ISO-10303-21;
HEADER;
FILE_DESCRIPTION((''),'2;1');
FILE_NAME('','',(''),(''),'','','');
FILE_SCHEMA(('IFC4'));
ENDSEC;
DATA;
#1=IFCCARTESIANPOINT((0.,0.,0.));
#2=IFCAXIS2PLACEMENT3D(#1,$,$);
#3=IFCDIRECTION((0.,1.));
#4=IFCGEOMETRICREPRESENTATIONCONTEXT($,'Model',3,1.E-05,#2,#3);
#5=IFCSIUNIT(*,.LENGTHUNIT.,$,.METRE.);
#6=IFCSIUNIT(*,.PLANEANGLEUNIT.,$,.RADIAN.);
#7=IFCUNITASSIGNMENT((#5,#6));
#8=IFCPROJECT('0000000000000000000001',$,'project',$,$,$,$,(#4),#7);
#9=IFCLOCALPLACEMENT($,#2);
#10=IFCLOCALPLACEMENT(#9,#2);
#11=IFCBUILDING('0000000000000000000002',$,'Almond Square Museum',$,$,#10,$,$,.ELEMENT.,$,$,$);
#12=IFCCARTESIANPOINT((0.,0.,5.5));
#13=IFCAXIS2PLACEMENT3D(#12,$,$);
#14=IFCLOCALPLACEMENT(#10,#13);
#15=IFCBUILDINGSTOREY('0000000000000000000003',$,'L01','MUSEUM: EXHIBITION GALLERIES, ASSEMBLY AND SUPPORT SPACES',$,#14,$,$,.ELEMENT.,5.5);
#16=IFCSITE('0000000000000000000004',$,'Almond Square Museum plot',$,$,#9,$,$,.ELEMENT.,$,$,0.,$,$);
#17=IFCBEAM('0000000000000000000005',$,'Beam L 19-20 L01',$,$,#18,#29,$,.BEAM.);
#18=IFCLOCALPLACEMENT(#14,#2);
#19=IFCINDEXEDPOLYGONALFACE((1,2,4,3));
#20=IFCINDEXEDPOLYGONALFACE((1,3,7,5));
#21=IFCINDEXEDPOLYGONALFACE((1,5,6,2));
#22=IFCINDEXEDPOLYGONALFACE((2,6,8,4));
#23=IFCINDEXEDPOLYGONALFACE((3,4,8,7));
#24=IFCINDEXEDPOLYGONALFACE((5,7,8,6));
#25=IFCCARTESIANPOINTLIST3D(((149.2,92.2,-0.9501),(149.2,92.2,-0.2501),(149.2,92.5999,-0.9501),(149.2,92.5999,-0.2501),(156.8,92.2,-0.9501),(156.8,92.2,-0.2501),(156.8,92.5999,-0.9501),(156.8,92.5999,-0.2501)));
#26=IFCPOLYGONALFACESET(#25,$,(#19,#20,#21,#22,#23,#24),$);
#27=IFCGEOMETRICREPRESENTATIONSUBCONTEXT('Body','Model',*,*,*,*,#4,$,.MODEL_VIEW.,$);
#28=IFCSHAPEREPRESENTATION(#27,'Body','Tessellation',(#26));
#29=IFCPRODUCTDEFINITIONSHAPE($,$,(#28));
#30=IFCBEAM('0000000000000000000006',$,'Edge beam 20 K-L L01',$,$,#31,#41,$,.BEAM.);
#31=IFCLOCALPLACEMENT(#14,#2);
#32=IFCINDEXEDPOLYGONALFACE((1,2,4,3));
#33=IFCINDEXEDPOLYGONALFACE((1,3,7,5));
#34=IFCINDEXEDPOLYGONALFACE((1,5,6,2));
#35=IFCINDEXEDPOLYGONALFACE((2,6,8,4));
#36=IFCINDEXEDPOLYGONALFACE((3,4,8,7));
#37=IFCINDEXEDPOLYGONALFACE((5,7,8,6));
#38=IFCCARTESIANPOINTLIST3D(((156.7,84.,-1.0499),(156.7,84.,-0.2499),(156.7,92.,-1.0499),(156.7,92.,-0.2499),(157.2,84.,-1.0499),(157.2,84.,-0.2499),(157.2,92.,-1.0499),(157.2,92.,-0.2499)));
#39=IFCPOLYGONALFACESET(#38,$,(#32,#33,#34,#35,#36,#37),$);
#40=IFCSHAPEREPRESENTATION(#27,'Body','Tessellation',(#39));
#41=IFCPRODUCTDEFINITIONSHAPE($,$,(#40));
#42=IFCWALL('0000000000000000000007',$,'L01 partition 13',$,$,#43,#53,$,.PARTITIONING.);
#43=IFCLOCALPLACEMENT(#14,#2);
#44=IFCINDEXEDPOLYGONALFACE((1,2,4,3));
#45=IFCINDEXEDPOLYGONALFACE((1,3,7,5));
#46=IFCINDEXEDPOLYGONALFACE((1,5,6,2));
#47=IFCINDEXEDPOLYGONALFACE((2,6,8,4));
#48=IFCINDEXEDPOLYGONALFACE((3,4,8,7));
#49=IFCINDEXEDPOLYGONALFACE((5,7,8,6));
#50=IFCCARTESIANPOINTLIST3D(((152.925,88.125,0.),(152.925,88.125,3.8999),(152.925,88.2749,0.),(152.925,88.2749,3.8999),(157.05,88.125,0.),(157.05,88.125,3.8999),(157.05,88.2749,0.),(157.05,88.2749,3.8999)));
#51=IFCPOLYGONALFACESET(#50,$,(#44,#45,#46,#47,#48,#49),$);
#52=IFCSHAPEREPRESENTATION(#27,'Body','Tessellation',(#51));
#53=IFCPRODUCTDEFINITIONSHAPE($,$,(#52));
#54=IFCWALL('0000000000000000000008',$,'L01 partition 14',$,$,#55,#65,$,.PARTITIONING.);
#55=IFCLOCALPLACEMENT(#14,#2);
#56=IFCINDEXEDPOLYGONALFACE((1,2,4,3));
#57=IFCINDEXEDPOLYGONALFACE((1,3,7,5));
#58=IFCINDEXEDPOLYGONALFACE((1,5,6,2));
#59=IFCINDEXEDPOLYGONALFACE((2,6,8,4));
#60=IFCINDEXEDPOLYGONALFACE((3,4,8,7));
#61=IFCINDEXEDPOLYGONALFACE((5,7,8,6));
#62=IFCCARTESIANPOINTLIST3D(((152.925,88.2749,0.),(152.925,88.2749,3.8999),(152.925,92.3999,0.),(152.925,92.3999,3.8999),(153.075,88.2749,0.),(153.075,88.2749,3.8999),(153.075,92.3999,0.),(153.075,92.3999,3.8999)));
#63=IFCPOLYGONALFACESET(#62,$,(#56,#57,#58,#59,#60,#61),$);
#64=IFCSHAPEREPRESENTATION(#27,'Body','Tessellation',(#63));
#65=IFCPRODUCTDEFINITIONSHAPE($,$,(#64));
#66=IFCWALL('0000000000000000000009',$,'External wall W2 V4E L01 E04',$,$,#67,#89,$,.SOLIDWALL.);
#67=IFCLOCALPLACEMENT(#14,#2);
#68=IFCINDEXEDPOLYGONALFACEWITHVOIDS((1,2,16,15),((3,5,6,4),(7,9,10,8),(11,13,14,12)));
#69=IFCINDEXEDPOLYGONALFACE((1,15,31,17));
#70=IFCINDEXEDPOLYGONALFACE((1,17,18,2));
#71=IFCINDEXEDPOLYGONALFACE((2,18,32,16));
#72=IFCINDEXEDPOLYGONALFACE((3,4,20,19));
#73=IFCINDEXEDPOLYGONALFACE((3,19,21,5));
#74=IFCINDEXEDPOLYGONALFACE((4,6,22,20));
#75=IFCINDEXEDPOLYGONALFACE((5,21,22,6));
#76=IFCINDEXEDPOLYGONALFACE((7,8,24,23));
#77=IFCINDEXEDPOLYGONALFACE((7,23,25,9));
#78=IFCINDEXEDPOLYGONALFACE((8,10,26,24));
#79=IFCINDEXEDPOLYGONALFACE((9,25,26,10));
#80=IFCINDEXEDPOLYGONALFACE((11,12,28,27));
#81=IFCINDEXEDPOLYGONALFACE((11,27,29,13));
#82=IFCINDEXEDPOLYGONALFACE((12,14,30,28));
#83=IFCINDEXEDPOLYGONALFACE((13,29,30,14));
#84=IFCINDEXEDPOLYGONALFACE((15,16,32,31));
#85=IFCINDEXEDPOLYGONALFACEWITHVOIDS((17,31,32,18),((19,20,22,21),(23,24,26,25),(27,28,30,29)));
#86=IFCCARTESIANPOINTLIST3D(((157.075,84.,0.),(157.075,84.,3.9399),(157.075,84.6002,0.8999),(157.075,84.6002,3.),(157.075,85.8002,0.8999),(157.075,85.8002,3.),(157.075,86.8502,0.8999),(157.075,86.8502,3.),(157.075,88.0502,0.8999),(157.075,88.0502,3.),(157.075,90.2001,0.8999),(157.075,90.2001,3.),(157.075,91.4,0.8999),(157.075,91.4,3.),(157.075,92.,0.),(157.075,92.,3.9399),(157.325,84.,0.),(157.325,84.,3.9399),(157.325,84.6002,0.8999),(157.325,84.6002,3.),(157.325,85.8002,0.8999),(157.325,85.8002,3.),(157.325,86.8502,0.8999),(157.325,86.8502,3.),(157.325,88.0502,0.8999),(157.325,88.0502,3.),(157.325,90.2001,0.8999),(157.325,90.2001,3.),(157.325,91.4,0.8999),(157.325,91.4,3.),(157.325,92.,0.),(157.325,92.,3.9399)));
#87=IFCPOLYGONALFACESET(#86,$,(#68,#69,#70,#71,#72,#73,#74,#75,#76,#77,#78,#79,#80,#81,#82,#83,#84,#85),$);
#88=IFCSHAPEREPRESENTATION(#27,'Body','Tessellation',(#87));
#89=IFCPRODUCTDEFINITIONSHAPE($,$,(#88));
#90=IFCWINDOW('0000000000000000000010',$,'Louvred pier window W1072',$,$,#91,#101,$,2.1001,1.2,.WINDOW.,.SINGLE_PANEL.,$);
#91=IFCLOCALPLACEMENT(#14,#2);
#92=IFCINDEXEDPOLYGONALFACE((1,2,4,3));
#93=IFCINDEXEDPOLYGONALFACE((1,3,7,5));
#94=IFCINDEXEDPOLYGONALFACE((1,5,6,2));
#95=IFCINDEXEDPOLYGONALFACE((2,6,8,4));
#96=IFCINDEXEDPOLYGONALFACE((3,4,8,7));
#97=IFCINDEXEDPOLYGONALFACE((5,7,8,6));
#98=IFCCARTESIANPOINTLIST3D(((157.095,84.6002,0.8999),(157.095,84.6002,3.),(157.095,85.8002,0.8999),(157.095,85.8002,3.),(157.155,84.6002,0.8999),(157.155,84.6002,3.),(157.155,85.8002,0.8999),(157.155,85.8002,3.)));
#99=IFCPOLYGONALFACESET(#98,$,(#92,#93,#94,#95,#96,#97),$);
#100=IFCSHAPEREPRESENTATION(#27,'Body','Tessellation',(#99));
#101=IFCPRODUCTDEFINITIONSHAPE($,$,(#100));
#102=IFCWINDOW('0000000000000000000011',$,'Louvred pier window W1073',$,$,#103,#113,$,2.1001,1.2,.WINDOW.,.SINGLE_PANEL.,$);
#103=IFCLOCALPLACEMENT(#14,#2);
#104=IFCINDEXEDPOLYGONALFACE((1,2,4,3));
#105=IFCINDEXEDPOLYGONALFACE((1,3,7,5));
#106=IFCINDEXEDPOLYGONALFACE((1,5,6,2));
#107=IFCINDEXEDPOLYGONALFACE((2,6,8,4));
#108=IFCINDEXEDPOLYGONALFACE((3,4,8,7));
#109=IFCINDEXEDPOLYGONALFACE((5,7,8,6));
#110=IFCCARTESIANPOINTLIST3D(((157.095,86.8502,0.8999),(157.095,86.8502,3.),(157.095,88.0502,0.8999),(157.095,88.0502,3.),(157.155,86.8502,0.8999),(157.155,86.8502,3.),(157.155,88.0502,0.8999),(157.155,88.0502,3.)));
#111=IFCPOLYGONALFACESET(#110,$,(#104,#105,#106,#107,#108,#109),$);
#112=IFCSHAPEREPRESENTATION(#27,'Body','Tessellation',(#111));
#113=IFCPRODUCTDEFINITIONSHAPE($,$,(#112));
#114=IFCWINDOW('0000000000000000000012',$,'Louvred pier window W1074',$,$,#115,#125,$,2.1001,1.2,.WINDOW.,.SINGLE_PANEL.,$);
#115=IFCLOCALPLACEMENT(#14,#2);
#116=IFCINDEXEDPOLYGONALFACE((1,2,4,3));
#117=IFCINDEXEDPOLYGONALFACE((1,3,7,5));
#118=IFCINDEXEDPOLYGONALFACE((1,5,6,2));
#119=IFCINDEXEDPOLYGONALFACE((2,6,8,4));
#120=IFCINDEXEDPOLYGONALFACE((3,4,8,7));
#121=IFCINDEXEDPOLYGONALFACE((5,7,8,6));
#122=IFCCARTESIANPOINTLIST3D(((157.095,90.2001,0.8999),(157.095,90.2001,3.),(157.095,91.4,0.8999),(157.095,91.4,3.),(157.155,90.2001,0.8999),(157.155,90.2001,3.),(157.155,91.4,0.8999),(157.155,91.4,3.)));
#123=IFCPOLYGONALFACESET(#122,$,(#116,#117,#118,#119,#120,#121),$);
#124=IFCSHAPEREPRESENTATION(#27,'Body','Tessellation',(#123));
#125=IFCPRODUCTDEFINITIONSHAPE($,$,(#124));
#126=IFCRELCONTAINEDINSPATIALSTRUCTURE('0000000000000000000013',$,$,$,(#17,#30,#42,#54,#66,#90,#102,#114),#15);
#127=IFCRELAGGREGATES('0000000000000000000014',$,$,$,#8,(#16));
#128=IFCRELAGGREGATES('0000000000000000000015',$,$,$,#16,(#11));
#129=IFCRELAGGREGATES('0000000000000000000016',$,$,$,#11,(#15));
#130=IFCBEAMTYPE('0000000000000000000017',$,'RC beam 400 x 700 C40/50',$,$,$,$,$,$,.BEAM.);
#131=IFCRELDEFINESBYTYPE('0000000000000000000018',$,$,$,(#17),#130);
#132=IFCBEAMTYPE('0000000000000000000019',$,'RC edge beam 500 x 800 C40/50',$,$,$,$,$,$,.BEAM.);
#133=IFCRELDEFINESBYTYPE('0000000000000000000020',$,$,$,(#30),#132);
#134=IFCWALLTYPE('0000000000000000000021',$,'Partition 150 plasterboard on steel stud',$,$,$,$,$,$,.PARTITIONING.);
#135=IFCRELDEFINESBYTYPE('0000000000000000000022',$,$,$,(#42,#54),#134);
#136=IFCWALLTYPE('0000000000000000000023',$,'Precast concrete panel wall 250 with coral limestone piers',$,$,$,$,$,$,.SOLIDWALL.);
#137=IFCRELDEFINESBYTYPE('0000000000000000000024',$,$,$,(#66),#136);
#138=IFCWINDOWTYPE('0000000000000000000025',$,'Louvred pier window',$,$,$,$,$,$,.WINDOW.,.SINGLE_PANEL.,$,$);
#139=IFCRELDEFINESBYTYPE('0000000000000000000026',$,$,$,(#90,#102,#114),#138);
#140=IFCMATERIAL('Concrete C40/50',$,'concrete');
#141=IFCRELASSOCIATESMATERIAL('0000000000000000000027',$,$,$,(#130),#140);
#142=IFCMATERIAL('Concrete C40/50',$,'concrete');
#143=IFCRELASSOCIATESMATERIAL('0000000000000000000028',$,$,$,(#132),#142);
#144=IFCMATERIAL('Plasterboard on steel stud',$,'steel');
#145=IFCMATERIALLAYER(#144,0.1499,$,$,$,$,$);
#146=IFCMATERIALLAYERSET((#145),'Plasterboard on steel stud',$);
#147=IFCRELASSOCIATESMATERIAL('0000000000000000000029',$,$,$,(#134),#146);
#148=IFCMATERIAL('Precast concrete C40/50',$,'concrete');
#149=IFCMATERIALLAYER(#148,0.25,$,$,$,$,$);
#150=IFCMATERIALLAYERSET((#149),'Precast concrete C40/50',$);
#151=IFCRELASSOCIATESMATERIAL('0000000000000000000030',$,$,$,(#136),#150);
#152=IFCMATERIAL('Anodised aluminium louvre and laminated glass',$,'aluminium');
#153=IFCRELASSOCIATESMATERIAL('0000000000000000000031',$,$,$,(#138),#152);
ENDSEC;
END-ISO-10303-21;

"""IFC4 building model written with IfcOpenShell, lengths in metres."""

from ifc_helpers import new_model, si_unit, direction, frame, frame_2d, origin, origin_2d, place, context, subcontext, project, spatial, rectangle, extrude, material, layer, layer_set, material_profile, profile_set, type_object, element, fill, save


model = new_model("IFC4")

# Units and contexts
model_context = context("Model", 3, precision=1e-05, world=origin(), true_north=direction((0.0, 1.0)))
body_context = subcontext(model_context, "Body", "Model", "MODEL_VIEW")
ifc_project = project(units=[si_unit("LENGTHUNIT", "METRE"), si_unit("PLANEANGLEUNIT", "RADIAN")], contexts=[model_context])

# Site, building, storey
site_placement = place(None, origin())
site = spatial("IfcSite", under=ifc_project, at=site_placement, Name="Almond Square Museum plot", CompositionType="ELEMENT", RefElevation=0.0)
building_placement = place(site_placement, origin())
building = spatial("IfcBuilding", under=site, at=building_placement, Name="Almond Square Museum", CompositionType="ELEMENT")
storey_placement = place(building_placement, frame((0.0, 0.0, 5.5)))
storey = spatial("IfcBuildingStorey", under=building, at=storey_placement, Name="L01", Description="MUSEUM: EXHIBITION GALLERIES, ASSEMBLY AND SUPPORT SPACES", CompositionType="ELEMENT", Elevation=5.5)

# Beams
ifc_material_1 = material(Name="Concrete C40/50", Category="concrete")
ifc_material_profile_1 = material_profile(ifc_material_1, rectangle(XDim=0.3999, YDim=0.7, at=origin_2d()))
ifc_profile_set_1 = profile_set([ifc_material_profile_1], Name="Concrete C40/50")
beam_type_1 = type_object("IfcBeamType", Name="RC beam 400 x 700 C40/50", PredefinedType="BEAM", material=ifc_profile_set_1)
beam_1_placement = place(storey_placement, frame((149.2, 92.3999, -0.6001), z_axis=(1.0, 0.0, 0.0), x_axis=(0.0, 1.0, 0.0)))
element("IfcBeam", 1, at=beam_1_placement, inside=storey, type_object=beam_type_1, Name="Beam L 19-20 L01", PredefinedType="BEAM", context=body_context, shape_type="SweptSolid", body=[
    extrude(rectangle(XDim=0.3999, YDim=0.7, at=origin_2d()), origin(), (0.0, 0.0, 1.0), 7.6001),
])
ifc_material_2 = material(Name="Concrete C40/50", Category="concrete")
ifc_material_profile_2 = material_profile(ifc_material_2, rectangle(XDim=0.5, YDim=0.8, at=origin_2d()))
ifc_profile_set_2 = profile_set([ifc_material_profile_2], Name="Concrete C40/50")
beam_type_2 = type_object("IfcBeamType", Name="RC edge beam 500 x 800 C40/50", PredefinedType="BEAM", material=ifc_profile_set_2)
beam_2_placement = place(storey_placement, frame((156.95, 84.0, -0.6499), z_axis=(0.0, 1.0, 0.0), x_axis=(-1.0, 0.0, 0.0)))
element("IfcBeam", 2, at=beam_2_placement, inside=storey, type_object=beam_type_2, Name="Edge beam 20 K-L L01", PredefinedType="BEAM", context=body_context, shape_type="SweptSolid", body=[
    extrude(rectangle(XDim=0.5, YDim=0.8, at=origin_2d()), origin(), (0.0, 0.0, 1.0), 8.0),
])

# Walls
ifc_material_3 = material(Name="Plasterboard on steel stud", Category="steel")
ifc_layer_1 = layer(ifc_material_3, 0.1499)
ifc_layer_set_1 = layer_set([ifc_layer_1], Name="Plasterboard on steel stud")
wall_type_1 = type_object("IfcWallType", Name="Partition 150 plasterboard on steel stud", PredefinedType="PARTITIONING", material=ifc_layer_set_1)
for number, where, z_axis, x_axis, name in (
    (3, (152.925, 88.2, 0.0), (0.0, 0.0, 1.0), (1.0, 0.0, 0.0), "L01 partition 13"),
    (4, (153.0, 88.2749, 0.0), (0.0, 0.0, 1.0), (0.0, 1.0, 0.0), "L01 partition 14"),
):
    element("IfcWall", number, at=place(storey_placement, frame(where, z_axis=z_axis, x_axis=x_axis)), inside=storey, type_object=wall_type_1, Name=name, PredefinedType="PARTITIONING", context=body_context, shape_type="SweptSolid", body=[
        extrude(rectangle(XDim=4.125, YDim=0.1499, at=frame_2d((2.0625, 0.0))), origin(), (0.0, 0.0, 1.0), 3.8999),
    ])

# Wall, openings, windows
ifc_material_4 = material(Name="Precast concrete C40/50", Category="concrete")
ifc_layer_2 = layer(ifc_material_4, 0.25)
ifc_layer_set_2 = layer_set([ifc_layer_2], Name="Precast concrete C40/50")
wall_type_2 = type_object("IfcWallType", Name="Precast concrete panel wall 250 with coral limestone piers", PredefinedType="SOLIDWALL", material=ifc_layer_set_2)
wall_1_placement = place(storey_placement, frame((157.2, 84.0, 0.0), z_axis=(0.0, 0.0, 1.0), x_axis=(0.0, 1.0, 0.0)))
wall_1 = element("IfcWall", 5, at=wall_1_placement, inside=storey, type_object=wall_type_2, Name="External wall W2 V4E L01 E04", PredefinedType="SOLIDWALL", context=body_context, shape_type="SweptSolid", body=[
    extrude(rectangle(XDim=8.0, YDim=0.25, at=frame_2d((4.0, 0.0))), origin(), (0.0, 0.0, 1.0), 3.9399),
])
opening_1_placement = place(wall_1_placement, frame((0.6001, 0.0, 0.8999)))
opening_1 = element("IfcOpeningElement", 6, at=opening_1_placement, cuts=wall_1, PredefinedType="OPENING", context=body_context, shape_type="SweptSolid", body=[
    extrude(rectangle(XDim=1.2, YDim=2.1001, at=frame_2d((0.6001, 1.05))), frame((0.0, 0.135, 0.0), z_axis=(0.0, -1.0, 0.0), x_axis=(1.0, 0.0, 0.0)), (0.0, 0.0, 1.0), 0.27),
])
opening_2_placement = place(wall_1_placement, frame((2.8501, 0.0, 0.8999)))
opening_2 = element("IfcOpeningElement", 7, at=opening_2_placement, cuts=wall_1, PredefinedType="OPENING", context=body_context, shape_type="SweptSolid", body=[
    extrude(rectangle(XDim=1.2, YDim=2.1001, at=frame_2d((0.6001, 1.05))), frame((0.0, 0.135, 0.0), z_axis=(0.0, -1.0, 0.0), x_axis=(1.0, 0.0, 0.0)), (0.0, 0.0, 1.0), 0.27),
])
opening_3_placement = place(wall_1_placement, frame((6.2, 0.0, 0.8999)))
opening_3 = element("IfcOpeningElement", 8, at=opening_3_placement, cuts=wall_1, PredefinedType="OPENING", context=body_context, shape_type="SweptSolid", body=[
    extrude(rectangle(XDim=1.2, YDim=2.1001, at=frame_2d((0.6001, 1.05))), frame((0.0, 0.135, 0.0), z_axis=(0.0, -1.0, 0.0), x_axis=(1.0, 0.0, 0.0)), (0.0, 0.0, 1.0), 0.27),
])
ifc_material_5 = material(Name="Anodised aluminium louvre and laminated glass", Category="aluminium")
window_type = type_object("IfcWindowType", Name="Louvred pier window", PartitioningType="SINGLE_PANEL", PredefinedType="WINDOW", material=ifc_material_5)
window_1_placement = place(opening_1_placement, origin())
window_1 = element("IfcWindow", 9, at=window_1_placement, inside=storey, type_object=window_type, Name="Louvred pier window W1072", OverallHeight=2.1001, OverallWidth=1.2, PartitioningType="SINGLE_PANEL", PredefinedType="WINDOW", context=body_context, shape_type="SweptSolid", body=[
    extrude(rectangle(XDim=1.2, YDim=2.1001, at=frame_2d((0.6001, 1.05))), frame((0.0, 0.105, 0.0), z_axis=(0.0, -1.0, 0.0), x_axis=(1.0, 0.0, 0.0)), (0.0, 0.0, 1.0), 0.0601),
])
fill(opening_1, window_1)
window_2_placement = place(opening_2_placement, origin())
window_2 = element("IfcWindow", 10, at=window_2_placement, inside=storey, type_object=window_type, Name="Louvred pier window W1073", OverallHeight=2.1001, OverallWidth=1.2, PartitioningType="SINGLE_PANEL", PredefinedType="WINDOW", context=body_context, shape_type="SweptSolid", body=[
    extrude(rectangle(XDim=1.2, YDim=2.1001, at=frame_2d((0.6001, 1.05))), frame((0.0, 0.105, 0.0), z_axis=(0.0, -1.0, 0.0), x_axis=(1.0, 0.0, 0.0)), (0.0, 0.0, 1.0), 0.0601),
])
fill(opening_2, window_2)
window_3_placement = place(opening_3_placement, origin())
window_3 = element("IfcWindow", 11, at=window_3_placement, inside=storey, type_object=window_type, Name="Louvred pier window W1074", OverallHeight=2.1001, OverallWidth=1.2, PartitioningType="SINGLE_PANEL", PredefinedType="WINDOW", context=body_context, shape_type="SweptSolid", body=[
    extrude(rectangle(XDim=1.2, YDim=2.1001, at=frame_2d((0.6001, 1.05))), frame((0.0, 0.105, 0.0), z_axis=(0.0, -1.0, 0.0), x_axis=(1.0, 0.0, 0.0)), (0.0, 0.0, 1.0), 0.0601),
])
fill(opening_3, window_3)

save(model, "model.ifc")
